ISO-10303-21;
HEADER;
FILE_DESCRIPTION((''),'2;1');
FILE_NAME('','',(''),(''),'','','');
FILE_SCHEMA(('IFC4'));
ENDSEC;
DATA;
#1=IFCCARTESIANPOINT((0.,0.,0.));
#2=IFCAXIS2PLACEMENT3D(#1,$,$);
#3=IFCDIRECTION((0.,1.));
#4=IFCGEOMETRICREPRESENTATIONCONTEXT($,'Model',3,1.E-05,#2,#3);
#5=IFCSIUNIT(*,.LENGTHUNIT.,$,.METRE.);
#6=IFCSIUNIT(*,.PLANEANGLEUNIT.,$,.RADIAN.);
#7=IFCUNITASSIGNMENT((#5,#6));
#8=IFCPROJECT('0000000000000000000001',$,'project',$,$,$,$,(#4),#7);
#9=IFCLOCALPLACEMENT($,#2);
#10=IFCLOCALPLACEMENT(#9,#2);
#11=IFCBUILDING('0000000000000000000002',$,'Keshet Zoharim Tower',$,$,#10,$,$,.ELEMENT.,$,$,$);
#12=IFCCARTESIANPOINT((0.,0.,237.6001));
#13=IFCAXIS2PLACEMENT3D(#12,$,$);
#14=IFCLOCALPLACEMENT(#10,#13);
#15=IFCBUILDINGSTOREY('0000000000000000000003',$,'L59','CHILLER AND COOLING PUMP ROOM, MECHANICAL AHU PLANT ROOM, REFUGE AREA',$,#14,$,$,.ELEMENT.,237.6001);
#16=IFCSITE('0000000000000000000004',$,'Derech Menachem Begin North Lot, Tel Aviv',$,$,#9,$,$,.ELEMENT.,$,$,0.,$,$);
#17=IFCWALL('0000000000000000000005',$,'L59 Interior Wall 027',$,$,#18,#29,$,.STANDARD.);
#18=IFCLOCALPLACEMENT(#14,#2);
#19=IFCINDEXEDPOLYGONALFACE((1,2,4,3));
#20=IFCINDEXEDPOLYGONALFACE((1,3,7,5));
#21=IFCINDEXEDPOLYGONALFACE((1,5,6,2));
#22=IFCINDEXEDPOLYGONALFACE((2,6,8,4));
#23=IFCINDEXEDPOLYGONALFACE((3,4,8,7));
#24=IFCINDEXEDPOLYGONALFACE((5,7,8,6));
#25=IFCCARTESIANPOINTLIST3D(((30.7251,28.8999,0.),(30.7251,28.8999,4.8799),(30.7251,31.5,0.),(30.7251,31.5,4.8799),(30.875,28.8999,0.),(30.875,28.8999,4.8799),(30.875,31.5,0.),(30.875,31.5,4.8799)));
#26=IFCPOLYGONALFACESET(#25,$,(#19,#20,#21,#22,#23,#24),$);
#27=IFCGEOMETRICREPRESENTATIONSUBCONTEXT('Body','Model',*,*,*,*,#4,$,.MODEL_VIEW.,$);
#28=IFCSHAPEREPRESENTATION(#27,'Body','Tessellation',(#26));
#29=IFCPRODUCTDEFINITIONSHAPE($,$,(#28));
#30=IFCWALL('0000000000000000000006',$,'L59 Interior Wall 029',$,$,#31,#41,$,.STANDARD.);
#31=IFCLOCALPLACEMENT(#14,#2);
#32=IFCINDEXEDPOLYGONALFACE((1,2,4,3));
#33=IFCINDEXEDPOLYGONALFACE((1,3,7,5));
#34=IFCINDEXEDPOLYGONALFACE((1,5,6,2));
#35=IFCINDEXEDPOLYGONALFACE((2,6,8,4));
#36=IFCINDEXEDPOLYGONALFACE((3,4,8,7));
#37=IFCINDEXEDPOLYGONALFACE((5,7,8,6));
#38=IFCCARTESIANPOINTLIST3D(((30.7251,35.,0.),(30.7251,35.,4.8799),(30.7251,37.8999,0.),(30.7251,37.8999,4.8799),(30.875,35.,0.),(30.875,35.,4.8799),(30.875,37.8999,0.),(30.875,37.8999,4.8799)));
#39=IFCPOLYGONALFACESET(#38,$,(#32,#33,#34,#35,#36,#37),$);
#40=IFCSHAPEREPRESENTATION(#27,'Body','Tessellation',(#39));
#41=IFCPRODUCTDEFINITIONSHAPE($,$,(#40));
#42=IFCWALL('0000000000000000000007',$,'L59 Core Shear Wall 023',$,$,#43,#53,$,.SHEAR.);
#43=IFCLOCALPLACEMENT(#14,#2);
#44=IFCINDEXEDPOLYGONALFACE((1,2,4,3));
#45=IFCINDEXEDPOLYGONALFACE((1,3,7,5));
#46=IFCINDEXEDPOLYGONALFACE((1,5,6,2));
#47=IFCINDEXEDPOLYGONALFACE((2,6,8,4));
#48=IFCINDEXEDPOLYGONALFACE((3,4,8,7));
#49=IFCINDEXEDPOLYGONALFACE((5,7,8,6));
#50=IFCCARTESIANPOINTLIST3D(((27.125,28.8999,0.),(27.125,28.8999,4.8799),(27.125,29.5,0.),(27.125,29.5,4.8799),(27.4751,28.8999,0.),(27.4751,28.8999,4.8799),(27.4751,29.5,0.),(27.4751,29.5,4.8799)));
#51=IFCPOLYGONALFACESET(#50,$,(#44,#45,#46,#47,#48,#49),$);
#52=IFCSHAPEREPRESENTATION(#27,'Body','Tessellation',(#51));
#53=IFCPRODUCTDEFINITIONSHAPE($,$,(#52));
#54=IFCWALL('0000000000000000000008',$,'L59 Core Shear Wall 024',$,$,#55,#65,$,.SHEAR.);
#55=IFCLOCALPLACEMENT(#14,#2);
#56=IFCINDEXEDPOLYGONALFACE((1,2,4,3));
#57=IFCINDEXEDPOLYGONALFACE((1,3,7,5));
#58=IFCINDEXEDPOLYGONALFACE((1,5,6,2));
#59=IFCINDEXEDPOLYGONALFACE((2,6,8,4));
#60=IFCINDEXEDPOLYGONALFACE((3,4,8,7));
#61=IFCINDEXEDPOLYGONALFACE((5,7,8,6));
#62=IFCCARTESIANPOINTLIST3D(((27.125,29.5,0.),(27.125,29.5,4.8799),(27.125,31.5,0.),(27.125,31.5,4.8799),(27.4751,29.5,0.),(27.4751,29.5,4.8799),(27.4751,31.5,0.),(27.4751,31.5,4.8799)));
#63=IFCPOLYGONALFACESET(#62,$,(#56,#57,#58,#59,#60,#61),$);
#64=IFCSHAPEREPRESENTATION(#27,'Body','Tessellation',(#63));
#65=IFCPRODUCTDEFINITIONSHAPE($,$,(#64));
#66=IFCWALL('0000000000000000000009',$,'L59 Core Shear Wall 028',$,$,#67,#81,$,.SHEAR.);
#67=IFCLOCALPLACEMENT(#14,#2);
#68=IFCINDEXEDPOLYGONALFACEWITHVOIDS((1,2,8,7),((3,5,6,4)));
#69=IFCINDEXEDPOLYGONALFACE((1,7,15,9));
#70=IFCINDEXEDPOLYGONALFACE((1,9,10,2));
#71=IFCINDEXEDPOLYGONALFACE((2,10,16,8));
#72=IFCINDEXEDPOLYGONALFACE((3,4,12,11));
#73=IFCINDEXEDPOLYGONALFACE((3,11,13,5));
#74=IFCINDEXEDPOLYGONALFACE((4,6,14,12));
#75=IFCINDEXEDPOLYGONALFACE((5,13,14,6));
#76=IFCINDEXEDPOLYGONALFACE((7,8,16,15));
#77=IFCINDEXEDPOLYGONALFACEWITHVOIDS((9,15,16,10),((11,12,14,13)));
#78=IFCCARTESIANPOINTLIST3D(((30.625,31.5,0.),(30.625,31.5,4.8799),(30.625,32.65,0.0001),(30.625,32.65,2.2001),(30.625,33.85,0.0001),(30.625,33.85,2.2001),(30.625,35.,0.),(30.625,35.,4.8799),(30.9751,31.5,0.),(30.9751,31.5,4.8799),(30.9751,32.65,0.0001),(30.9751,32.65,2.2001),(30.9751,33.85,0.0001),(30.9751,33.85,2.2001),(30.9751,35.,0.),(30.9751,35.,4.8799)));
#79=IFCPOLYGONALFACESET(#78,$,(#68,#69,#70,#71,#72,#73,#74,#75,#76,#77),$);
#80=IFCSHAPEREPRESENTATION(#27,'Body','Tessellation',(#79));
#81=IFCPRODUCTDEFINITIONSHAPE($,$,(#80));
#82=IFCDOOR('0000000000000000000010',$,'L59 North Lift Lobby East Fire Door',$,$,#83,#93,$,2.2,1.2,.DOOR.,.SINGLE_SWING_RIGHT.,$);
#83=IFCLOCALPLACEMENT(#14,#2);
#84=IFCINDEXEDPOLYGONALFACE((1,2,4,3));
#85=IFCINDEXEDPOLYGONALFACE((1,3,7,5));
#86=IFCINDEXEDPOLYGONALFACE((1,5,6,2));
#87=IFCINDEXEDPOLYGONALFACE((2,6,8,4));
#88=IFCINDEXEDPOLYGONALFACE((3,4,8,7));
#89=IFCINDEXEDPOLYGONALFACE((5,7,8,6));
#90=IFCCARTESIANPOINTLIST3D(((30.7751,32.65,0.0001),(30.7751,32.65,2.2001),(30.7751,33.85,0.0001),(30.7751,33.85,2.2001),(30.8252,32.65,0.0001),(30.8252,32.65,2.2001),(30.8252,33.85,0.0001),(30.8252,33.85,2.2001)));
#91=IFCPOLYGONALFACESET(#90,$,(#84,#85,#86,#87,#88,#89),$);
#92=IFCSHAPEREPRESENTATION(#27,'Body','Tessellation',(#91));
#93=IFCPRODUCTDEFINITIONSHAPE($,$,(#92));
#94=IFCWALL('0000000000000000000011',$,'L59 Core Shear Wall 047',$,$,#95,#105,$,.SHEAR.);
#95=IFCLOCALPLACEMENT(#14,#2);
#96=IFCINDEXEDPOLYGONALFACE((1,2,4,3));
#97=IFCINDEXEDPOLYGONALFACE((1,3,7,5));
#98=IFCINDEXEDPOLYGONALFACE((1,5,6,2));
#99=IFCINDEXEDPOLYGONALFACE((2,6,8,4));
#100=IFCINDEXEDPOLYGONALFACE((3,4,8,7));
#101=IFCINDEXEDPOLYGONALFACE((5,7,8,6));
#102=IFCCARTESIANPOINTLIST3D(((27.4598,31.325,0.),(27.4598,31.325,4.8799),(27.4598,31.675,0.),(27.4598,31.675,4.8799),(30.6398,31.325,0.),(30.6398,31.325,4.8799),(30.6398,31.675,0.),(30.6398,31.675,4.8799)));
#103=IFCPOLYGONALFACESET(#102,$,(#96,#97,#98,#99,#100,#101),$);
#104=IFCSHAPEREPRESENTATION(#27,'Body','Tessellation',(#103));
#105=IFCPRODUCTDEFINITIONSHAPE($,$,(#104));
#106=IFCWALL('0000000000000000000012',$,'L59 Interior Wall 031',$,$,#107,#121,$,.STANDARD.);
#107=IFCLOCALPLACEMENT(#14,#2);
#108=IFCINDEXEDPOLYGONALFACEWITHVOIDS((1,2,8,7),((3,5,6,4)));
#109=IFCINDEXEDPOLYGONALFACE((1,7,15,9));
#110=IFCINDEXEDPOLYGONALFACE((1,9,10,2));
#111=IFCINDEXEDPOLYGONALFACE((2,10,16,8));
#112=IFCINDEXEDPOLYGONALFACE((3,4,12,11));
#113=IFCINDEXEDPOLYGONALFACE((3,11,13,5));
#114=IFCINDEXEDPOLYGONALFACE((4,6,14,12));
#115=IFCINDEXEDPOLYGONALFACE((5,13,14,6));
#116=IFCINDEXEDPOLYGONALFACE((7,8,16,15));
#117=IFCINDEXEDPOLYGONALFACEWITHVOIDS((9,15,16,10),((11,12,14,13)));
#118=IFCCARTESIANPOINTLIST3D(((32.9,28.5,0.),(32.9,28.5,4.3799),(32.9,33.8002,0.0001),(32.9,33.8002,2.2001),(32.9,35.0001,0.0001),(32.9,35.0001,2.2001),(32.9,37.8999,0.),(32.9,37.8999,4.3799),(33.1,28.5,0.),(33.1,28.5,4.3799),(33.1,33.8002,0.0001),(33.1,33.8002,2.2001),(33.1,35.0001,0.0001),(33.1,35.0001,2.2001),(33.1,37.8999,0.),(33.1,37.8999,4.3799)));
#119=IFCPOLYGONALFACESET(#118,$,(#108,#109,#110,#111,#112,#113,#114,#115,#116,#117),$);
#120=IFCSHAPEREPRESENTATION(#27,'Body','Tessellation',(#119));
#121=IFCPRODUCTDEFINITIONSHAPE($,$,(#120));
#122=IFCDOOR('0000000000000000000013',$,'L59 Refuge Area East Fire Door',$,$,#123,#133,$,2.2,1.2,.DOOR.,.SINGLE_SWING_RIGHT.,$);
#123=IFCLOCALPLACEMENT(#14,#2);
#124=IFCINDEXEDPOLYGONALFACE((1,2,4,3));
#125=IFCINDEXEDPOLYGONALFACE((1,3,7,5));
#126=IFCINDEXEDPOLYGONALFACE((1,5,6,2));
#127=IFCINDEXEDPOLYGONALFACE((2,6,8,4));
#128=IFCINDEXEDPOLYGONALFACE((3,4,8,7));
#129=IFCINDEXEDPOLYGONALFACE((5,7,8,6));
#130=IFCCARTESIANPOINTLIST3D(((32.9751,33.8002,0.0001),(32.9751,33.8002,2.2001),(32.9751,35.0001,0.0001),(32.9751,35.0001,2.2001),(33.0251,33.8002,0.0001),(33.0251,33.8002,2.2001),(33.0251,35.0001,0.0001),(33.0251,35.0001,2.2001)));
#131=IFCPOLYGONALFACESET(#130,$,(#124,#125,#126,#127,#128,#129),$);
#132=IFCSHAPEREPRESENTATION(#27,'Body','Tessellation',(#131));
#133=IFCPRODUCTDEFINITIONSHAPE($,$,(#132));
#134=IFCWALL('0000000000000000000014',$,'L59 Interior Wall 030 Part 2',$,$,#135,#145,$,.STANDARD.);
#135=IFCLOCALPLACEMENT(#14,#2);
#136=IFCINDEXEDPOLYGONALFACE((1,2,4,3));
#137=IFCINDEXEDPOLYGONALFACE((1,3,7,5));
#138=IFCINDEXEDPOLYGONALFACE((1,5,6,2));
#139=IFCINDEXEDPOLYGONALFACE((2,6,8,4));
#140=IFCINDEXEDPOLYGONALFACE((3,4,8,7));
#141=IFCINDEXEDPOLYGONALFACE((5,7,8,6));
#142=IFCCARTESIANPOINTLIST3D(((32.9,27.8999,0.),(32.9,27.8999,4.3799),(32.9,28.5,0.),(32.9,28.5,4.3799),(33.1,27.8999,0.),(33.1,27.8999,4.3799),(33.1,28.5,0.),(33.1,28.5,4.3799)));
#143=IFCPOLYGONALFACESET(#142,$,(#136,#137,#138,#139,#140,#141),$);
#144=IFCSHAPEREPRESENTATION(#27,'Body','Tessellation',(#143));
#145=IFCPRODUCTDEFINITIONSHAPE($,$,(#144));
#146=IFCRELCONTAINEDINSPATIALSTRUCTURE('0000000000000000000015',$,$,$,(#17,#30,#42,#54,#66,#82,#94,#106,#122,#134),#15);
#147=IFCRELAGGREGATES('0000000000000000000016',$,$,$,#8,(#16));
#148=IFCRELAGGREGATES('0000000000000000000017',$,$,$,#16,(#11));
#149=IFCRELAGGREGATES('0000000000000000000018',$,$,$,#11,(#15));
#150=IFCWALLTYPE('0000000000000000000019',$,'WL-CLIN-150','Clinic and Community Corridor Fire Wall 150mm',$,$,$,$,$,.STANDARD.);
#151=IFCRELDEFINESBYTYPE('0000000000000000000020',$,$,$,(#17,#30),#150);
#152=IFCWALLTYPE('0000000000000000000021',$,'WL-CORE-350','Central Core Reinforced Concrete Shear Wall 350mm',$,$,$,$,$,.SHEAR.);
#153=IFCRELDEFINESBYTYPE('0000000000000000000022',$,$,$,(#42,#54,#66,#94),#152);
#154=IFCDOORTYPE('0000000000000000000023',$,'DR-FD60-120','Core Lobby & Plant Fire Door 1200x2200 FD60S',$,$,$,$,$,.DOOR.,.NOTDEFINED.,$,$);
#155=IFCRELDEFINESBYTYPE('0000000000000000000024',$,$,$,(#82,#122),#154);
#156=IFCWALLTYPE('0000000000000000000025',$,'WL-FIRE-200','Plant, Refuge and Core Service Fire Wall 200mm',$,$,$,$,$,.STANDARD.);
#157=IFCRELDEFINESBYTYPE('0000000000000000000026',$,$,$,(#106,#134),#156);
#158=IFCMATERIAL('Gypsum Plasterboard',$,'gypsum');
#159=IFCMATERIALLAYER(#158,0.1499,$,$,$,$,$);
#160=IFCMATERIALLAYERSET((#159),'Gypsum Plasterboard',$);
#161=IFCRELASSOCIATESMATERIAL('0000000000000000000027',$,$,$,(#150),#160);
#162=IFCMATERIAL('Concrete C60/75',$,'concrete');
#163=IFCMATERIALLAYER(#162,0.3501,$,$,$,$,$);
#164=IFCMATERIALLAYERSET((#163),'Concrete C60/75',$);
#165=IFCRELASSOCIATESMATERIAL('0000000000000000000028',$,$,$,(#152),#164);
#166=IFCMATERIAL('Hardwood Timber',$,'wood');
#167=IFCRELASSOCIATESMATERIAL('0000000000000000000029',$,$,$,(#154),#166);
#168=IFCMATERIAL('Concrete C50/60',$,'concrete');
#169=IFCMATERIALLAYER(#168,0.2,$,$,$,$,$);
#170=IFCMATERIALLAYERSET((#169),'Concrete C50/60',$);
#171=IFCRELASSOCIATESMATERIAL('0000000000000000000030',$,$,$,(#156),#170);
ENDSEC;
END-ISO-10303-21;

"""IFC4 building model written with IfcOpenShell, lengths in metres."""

from ifc_helpers import new_model, si_unit, direction, frame, frame_2d, origin, place, context, subcontext, project, spatial, rectangle, extrude, material, layer, layer_set, type_object, element, fill, save


model = new_model("IFC4")

# Units and contexts
model_context = context("Model", 3, precision=1e-05, world=origin(), true_north=direction((0.0, 1.0)))
body_context = subcontext(model_context, "Body", "Model", "MODEL_VIEW")
ifc_project = project(units=[si_unit("LENGTHUNIT", "METRE"), si_unit("PLANEANGLEUNIT", "RADIAN")], contexts=[model_context])

# Site, building, storey
site_placement = place(None, origin())
site = spatial("IfcSite", under=ifc_project, at=site_placement, Name="Derech Menachem Begin North Lot, Tel Aviv", CompositionType="ELEMENT", RefElevation=0.0)
building_placement = place(site_placement, origin())
building = spatial("IfcBuilding", under=site, at=building_placement, Name="Keshet Zoharim Tower", CompositionType="ELEMENT")
storey_placement = place(building_placement, frame((0.0, 0.0, 237.6001)))
storey = spatial("IfcBuildingStorey", under=building, at=storey_placement, Name="L59", Description="CHILLER AND COOLING PUMP ROOM, MECHANICAL AHU PLANT ROOM, REFUGE AREA", CompositionType="ELEMENT", Elevation=237.6001)

# Shared definitions
ifc_material_1 = material(Name="Concrete C50/60", Category="concrete")

# Walls
ifc_material_2 = material(Name="Gypsum Plasterboard", Category="gypsum")
ifc_layer_1 = layer(ifc_material_2, 0.1499)
ifc_layer_set_1 = layer_set([ifc_layer_1], Name="Gypsum Plasterboard")
wall_type_1 = type_object("IfcWallType", Name="WL-CLIN-150", Description="Clinic and Community Corridor Fire Wall 150mm", PredefinedType="STANDARD", material=ifc_layer_set_1)
wall_1_placement = place(storey_placement, frame((30.8, 28.8999, 0.0), z_axis=(0.0, 0.0, 1.0), x_axis=(0.0, 1.0, 0.0)))
element("IfcWall", 1, at=wall_1_placement, inside=storey, type_object=wall_type_1, Name="L59 Interior Wall 027", PredefinedType="STANDARD", context=body_context, shape_type="SweptSolid", body=[
    extrude(rectangle(XDim=2.6001, YDim=0.1499, at=frame_2d((1.3, 0.0))), origin(), (0.0, 0.0, 1.0), 4.8799),
])
wall_2_placement = place(storey_placement, frame((30.8, 35.0, 0.0), z_axis=(0.0, 0.0, 1.0), x_axis=(0.0, 1.0, 0.0)))
element("IfcWall", 2, at=wall_2_placement, inside=storey, type_object=wall_type_1, Name="L59 Interior Wall 029", PredefinedType="STANDARD", context=body_context, shape_type="SweptSolid", body=[
    extrude(rectangle(XDim=2.8999, YDim=0.1499, at=frame_2d((1.45, 0.0))), origin(), (0.0, 0.0, 1.0), 4.8799),
])
ifc_material_3 = material(Name="Concrete C60/75", Category="concrete")
ifc_layer_2 = layer(ifc_material_3, 0.3501)
ifc_layer_set_2 = layer_set([ifc_layer_2], Name="Concrete C60/75")
wall_type_2 = type_object("IfcWallType", Name="WL-CORE-350", Description="Central Core Reinforced Concrete Shear Wall 350mm", PredefinedType="SHEAR", material=ifc_layer_set_2)
wall_3_placement = place(storey_placement, frame((27.3, 28.8999, 0.0), z_axis=(0.0, 0.0, 1.0), x_axis=(0.0, 1.0, 0.0)))
element("IfcWall", 3, at=wall_3_placement, inside=storey, type_object=wall_type_2, Name="L59 Core Shear Wall 023", PredefinedType="SHEAR", context=body_context, shape_type="SweptSolid", body=[
    extrude(rectangle(XDim=0.6001, YDim=0.3501, at=frame_2d((0.3, 0.0))), origin(), (0.0, 0.0, 1.0), 4.8799),
])
wall_4_placement = place(storey_placement, frame((27.3, 29.5, 0.0), z_axis=(0.0, 0.0, 1.0), x_axis=(0.0, 1.0, 0.0)))
element("IfcWall", 4, at=wall_4_placement, inside=storey, type_object=wall_type_2, Name="L59 Core Shear Wall 024", PredefinedType="SHEAR", context=body_context, shape_type="SweptSolid", body=[
    extrude(rectangle(XDim=2.0, YDim=0.3501, at=frame_2d((1.0, 0.0))), origin(), (0.0, 0.0, 1.0), 4.8799),
])

# Wall, opening, door
wall_5_placement = place(storey_placement, frame((30.8, 31.5, 0.0), z_axis=(0.0, 0.0, 1.0), x_axis=(0.0, 1.0, 0.0)))
wall_5 = element("IfcWall", 5, at=wall_5_placement, inside=storey, type_object=wall_type_2, Name="L59 Core Shear Wall 028", PredefinedType="SHEAR", context=body_context, shape_type="SweptSolid", body=[
    extrude(rectangle(XDim=3.5, YDim=0.3501, at=frame_2d((1.75, 0.0))), origin(), (0.0, 0.0, 1.0), 4.8799),
])
opening_1_placement = place(wall_5_placement, frame((1.1499, 0.0, 0.0)))
opening_1 = element("IfcOpeningElement", 6, at=opening_1_placement, cuts=wall_5, PredefinedType="OPENING", context=body_context, shape_type="SweptSolid", body=[
    extrude(rectangle(XDim=1.2, YDim=2.2, at=frame_2d((0.6001, 1.1001))), frame((0.0, 0.1851, 0.0), z_axis=(0.0, -1.0, 0.0), x_axis=(1.0, 0.0, 0.0)), (0.0, 0.0, 1.0), 0.3701),
])
ifc_material_4 = material(Name="Hardwood Timber", Category="wood")
door_type_1 = type_object("IfcDoorType", Name="DR-FD60-120", Description="Core Lobby & Plant Fire Door 1200x2200 FD60S", OperationType="NOTDEFINED", PredefinedType="DOOR", material=ifc_material_4)
door_1_placement = place(opening_1_placement, origin())
door_1 = element("IfcDoor", 7, at=door_1_placement, inside=storey, type_object=door_type_1, Name="L59 North Lift Lobby East Fire Door", OperationType="SINGLE_SWING_RIGHT", OverallHeight=2.2, OverallWidth=1.2, PredefinedType="DOOR", context=body_context, shape_type="SweptSolid", body=[
    extrude(rectangle(XDim=1.2, YDim=2.2, at=frame_2d((0.6001, 1.1001))), frame((0.0, 0.0249, 0.0), z_axis=(0.0, -1.0, 0.0), x_axis=(1.0, 0.0, 0.0)), (0.0, 0.0, 1.0), 0.05),
])
fill(opening_1, door_1)

# Wall
wall_6_placement = place(storey_placement, frame((27.46, 31.5, 0.0), z_axis=(0.0, 0.0, 1.0), x_axis=(1.0, 0.0, 0.0)))
element("IfcWall", 8, at=wall_6_placement, inside=storey, type_object=wall_type_2, Name="L59 Core Shear Wall 047", PredefinedType="SHEAR", context=body_context, shape_type="SweptSolid", body=[
    extrude(rectangle(XDim=3.1799, YDim=0.3501, at=frame_2d((1.5898, 0.0))), origin(), (0.0, 0.0, 1.0), 4.8799),
])

# Wall, opening, door
ifc_layer_3 = layer(ifc_material_1, 0.2)
ifc_layer_set_3 = layer_set([ifc_layer_3], Name="Concrete C50/60")
wall_type_3 = type_object("IfcWallType", Name="WL-FIRE-200", Description="Plant, Refuge and Core Service Fire Wall 200mm", PredefinedType="STANDARD", material=ifc_layer_set_3)
wall_7_placement = place(storey_placement, frame((33.0, 28.5, 0.0), z_axis=(0.0, 0.0, 1.0), x_axis=(0.0, 1.0, 0.0)))
wall_7 = element("IfcWall", 9, at=wall_7_placement, inside=storey, type_object=wall_type_3, Name="L59 Interior Wall 031", PredefinedType="STANDARD", context=body_context, shape_type="SweptSolid", body=[
    extrude(rectangle(XDim=9.3999, YDim=0.2, at=frame_2d((4.7, 0.0))), origin(), (0.0, 0.0, 1.0), 4.3799),
])
opening_2_placement = place(wall_7_placement, frame((5.3, 0.0, 0.0)))
opening_2 = element("IfcOpeningElement", 10, at=opening_2_placement, cuts=wall_7, PredefinedType="OPENING", context=body_context, shape_type="SweptSolid", body=[
    extrude(rectangle(XDim=1.2, YDim=2.2, at=frame_2d((0.6001, 1.1001))), frame((0.0, 0.1099, 0.0), z_axis=(0.0, -1.0, 0.0), x_axis=(1.0, 0.0, 0.0)), (0.0, 0.0, 1.0), 0.22),
])
door_2_placement = place(opening_2_placement, origin())
door_2 = element("IfcDoor", 11, at=door_2_placement, inside=storey, type_object=door_type_1, Name="L59 Refuge Area East Fire Door", OperationType="SINGLE_SWING_RIGHT", OverallHeight=2.2, OverallWidth=1.2, PredefinedType="DOOR", context=body_context, shape_type="SweptSolid", body=[
    extrude(rectangle(XDim=1.2, YDim=2.2, at=frame_2d((0.6001, 1.1001))), frame((0.0, 0.0249, 0.0), z_axis=(0.0, -1.0, 0.0), x_axis=(1.0, 0.0, 0.0)), (0.0, 0.0, 1.0), 0.05),
])
fill(opening_2, door_2)

# Wall
wall_8_placement = place(storey_placement, frame((33.0, 27.8999, 0.0), z_axis=(0.0, 0.0, 1.0), x_axis=(0.0, 1.0, 0.0)))
element("IfcWall", 12, at=wall_8_placement, inside=storey, type_object=wall_type_3, Name="L59 Interior Wall 030 Part 2", PredefinedType="STANDARD", context=body_context, shape_type="SweptSolid", body=[
    extrude(rectangle(XDim=0.6001, YDim=0.2, at=frame_2d((0.3, 0.0))), origin(), (0.0, 0.0, 1.0), 4.3799),
])

save(model, "model.ifc")
